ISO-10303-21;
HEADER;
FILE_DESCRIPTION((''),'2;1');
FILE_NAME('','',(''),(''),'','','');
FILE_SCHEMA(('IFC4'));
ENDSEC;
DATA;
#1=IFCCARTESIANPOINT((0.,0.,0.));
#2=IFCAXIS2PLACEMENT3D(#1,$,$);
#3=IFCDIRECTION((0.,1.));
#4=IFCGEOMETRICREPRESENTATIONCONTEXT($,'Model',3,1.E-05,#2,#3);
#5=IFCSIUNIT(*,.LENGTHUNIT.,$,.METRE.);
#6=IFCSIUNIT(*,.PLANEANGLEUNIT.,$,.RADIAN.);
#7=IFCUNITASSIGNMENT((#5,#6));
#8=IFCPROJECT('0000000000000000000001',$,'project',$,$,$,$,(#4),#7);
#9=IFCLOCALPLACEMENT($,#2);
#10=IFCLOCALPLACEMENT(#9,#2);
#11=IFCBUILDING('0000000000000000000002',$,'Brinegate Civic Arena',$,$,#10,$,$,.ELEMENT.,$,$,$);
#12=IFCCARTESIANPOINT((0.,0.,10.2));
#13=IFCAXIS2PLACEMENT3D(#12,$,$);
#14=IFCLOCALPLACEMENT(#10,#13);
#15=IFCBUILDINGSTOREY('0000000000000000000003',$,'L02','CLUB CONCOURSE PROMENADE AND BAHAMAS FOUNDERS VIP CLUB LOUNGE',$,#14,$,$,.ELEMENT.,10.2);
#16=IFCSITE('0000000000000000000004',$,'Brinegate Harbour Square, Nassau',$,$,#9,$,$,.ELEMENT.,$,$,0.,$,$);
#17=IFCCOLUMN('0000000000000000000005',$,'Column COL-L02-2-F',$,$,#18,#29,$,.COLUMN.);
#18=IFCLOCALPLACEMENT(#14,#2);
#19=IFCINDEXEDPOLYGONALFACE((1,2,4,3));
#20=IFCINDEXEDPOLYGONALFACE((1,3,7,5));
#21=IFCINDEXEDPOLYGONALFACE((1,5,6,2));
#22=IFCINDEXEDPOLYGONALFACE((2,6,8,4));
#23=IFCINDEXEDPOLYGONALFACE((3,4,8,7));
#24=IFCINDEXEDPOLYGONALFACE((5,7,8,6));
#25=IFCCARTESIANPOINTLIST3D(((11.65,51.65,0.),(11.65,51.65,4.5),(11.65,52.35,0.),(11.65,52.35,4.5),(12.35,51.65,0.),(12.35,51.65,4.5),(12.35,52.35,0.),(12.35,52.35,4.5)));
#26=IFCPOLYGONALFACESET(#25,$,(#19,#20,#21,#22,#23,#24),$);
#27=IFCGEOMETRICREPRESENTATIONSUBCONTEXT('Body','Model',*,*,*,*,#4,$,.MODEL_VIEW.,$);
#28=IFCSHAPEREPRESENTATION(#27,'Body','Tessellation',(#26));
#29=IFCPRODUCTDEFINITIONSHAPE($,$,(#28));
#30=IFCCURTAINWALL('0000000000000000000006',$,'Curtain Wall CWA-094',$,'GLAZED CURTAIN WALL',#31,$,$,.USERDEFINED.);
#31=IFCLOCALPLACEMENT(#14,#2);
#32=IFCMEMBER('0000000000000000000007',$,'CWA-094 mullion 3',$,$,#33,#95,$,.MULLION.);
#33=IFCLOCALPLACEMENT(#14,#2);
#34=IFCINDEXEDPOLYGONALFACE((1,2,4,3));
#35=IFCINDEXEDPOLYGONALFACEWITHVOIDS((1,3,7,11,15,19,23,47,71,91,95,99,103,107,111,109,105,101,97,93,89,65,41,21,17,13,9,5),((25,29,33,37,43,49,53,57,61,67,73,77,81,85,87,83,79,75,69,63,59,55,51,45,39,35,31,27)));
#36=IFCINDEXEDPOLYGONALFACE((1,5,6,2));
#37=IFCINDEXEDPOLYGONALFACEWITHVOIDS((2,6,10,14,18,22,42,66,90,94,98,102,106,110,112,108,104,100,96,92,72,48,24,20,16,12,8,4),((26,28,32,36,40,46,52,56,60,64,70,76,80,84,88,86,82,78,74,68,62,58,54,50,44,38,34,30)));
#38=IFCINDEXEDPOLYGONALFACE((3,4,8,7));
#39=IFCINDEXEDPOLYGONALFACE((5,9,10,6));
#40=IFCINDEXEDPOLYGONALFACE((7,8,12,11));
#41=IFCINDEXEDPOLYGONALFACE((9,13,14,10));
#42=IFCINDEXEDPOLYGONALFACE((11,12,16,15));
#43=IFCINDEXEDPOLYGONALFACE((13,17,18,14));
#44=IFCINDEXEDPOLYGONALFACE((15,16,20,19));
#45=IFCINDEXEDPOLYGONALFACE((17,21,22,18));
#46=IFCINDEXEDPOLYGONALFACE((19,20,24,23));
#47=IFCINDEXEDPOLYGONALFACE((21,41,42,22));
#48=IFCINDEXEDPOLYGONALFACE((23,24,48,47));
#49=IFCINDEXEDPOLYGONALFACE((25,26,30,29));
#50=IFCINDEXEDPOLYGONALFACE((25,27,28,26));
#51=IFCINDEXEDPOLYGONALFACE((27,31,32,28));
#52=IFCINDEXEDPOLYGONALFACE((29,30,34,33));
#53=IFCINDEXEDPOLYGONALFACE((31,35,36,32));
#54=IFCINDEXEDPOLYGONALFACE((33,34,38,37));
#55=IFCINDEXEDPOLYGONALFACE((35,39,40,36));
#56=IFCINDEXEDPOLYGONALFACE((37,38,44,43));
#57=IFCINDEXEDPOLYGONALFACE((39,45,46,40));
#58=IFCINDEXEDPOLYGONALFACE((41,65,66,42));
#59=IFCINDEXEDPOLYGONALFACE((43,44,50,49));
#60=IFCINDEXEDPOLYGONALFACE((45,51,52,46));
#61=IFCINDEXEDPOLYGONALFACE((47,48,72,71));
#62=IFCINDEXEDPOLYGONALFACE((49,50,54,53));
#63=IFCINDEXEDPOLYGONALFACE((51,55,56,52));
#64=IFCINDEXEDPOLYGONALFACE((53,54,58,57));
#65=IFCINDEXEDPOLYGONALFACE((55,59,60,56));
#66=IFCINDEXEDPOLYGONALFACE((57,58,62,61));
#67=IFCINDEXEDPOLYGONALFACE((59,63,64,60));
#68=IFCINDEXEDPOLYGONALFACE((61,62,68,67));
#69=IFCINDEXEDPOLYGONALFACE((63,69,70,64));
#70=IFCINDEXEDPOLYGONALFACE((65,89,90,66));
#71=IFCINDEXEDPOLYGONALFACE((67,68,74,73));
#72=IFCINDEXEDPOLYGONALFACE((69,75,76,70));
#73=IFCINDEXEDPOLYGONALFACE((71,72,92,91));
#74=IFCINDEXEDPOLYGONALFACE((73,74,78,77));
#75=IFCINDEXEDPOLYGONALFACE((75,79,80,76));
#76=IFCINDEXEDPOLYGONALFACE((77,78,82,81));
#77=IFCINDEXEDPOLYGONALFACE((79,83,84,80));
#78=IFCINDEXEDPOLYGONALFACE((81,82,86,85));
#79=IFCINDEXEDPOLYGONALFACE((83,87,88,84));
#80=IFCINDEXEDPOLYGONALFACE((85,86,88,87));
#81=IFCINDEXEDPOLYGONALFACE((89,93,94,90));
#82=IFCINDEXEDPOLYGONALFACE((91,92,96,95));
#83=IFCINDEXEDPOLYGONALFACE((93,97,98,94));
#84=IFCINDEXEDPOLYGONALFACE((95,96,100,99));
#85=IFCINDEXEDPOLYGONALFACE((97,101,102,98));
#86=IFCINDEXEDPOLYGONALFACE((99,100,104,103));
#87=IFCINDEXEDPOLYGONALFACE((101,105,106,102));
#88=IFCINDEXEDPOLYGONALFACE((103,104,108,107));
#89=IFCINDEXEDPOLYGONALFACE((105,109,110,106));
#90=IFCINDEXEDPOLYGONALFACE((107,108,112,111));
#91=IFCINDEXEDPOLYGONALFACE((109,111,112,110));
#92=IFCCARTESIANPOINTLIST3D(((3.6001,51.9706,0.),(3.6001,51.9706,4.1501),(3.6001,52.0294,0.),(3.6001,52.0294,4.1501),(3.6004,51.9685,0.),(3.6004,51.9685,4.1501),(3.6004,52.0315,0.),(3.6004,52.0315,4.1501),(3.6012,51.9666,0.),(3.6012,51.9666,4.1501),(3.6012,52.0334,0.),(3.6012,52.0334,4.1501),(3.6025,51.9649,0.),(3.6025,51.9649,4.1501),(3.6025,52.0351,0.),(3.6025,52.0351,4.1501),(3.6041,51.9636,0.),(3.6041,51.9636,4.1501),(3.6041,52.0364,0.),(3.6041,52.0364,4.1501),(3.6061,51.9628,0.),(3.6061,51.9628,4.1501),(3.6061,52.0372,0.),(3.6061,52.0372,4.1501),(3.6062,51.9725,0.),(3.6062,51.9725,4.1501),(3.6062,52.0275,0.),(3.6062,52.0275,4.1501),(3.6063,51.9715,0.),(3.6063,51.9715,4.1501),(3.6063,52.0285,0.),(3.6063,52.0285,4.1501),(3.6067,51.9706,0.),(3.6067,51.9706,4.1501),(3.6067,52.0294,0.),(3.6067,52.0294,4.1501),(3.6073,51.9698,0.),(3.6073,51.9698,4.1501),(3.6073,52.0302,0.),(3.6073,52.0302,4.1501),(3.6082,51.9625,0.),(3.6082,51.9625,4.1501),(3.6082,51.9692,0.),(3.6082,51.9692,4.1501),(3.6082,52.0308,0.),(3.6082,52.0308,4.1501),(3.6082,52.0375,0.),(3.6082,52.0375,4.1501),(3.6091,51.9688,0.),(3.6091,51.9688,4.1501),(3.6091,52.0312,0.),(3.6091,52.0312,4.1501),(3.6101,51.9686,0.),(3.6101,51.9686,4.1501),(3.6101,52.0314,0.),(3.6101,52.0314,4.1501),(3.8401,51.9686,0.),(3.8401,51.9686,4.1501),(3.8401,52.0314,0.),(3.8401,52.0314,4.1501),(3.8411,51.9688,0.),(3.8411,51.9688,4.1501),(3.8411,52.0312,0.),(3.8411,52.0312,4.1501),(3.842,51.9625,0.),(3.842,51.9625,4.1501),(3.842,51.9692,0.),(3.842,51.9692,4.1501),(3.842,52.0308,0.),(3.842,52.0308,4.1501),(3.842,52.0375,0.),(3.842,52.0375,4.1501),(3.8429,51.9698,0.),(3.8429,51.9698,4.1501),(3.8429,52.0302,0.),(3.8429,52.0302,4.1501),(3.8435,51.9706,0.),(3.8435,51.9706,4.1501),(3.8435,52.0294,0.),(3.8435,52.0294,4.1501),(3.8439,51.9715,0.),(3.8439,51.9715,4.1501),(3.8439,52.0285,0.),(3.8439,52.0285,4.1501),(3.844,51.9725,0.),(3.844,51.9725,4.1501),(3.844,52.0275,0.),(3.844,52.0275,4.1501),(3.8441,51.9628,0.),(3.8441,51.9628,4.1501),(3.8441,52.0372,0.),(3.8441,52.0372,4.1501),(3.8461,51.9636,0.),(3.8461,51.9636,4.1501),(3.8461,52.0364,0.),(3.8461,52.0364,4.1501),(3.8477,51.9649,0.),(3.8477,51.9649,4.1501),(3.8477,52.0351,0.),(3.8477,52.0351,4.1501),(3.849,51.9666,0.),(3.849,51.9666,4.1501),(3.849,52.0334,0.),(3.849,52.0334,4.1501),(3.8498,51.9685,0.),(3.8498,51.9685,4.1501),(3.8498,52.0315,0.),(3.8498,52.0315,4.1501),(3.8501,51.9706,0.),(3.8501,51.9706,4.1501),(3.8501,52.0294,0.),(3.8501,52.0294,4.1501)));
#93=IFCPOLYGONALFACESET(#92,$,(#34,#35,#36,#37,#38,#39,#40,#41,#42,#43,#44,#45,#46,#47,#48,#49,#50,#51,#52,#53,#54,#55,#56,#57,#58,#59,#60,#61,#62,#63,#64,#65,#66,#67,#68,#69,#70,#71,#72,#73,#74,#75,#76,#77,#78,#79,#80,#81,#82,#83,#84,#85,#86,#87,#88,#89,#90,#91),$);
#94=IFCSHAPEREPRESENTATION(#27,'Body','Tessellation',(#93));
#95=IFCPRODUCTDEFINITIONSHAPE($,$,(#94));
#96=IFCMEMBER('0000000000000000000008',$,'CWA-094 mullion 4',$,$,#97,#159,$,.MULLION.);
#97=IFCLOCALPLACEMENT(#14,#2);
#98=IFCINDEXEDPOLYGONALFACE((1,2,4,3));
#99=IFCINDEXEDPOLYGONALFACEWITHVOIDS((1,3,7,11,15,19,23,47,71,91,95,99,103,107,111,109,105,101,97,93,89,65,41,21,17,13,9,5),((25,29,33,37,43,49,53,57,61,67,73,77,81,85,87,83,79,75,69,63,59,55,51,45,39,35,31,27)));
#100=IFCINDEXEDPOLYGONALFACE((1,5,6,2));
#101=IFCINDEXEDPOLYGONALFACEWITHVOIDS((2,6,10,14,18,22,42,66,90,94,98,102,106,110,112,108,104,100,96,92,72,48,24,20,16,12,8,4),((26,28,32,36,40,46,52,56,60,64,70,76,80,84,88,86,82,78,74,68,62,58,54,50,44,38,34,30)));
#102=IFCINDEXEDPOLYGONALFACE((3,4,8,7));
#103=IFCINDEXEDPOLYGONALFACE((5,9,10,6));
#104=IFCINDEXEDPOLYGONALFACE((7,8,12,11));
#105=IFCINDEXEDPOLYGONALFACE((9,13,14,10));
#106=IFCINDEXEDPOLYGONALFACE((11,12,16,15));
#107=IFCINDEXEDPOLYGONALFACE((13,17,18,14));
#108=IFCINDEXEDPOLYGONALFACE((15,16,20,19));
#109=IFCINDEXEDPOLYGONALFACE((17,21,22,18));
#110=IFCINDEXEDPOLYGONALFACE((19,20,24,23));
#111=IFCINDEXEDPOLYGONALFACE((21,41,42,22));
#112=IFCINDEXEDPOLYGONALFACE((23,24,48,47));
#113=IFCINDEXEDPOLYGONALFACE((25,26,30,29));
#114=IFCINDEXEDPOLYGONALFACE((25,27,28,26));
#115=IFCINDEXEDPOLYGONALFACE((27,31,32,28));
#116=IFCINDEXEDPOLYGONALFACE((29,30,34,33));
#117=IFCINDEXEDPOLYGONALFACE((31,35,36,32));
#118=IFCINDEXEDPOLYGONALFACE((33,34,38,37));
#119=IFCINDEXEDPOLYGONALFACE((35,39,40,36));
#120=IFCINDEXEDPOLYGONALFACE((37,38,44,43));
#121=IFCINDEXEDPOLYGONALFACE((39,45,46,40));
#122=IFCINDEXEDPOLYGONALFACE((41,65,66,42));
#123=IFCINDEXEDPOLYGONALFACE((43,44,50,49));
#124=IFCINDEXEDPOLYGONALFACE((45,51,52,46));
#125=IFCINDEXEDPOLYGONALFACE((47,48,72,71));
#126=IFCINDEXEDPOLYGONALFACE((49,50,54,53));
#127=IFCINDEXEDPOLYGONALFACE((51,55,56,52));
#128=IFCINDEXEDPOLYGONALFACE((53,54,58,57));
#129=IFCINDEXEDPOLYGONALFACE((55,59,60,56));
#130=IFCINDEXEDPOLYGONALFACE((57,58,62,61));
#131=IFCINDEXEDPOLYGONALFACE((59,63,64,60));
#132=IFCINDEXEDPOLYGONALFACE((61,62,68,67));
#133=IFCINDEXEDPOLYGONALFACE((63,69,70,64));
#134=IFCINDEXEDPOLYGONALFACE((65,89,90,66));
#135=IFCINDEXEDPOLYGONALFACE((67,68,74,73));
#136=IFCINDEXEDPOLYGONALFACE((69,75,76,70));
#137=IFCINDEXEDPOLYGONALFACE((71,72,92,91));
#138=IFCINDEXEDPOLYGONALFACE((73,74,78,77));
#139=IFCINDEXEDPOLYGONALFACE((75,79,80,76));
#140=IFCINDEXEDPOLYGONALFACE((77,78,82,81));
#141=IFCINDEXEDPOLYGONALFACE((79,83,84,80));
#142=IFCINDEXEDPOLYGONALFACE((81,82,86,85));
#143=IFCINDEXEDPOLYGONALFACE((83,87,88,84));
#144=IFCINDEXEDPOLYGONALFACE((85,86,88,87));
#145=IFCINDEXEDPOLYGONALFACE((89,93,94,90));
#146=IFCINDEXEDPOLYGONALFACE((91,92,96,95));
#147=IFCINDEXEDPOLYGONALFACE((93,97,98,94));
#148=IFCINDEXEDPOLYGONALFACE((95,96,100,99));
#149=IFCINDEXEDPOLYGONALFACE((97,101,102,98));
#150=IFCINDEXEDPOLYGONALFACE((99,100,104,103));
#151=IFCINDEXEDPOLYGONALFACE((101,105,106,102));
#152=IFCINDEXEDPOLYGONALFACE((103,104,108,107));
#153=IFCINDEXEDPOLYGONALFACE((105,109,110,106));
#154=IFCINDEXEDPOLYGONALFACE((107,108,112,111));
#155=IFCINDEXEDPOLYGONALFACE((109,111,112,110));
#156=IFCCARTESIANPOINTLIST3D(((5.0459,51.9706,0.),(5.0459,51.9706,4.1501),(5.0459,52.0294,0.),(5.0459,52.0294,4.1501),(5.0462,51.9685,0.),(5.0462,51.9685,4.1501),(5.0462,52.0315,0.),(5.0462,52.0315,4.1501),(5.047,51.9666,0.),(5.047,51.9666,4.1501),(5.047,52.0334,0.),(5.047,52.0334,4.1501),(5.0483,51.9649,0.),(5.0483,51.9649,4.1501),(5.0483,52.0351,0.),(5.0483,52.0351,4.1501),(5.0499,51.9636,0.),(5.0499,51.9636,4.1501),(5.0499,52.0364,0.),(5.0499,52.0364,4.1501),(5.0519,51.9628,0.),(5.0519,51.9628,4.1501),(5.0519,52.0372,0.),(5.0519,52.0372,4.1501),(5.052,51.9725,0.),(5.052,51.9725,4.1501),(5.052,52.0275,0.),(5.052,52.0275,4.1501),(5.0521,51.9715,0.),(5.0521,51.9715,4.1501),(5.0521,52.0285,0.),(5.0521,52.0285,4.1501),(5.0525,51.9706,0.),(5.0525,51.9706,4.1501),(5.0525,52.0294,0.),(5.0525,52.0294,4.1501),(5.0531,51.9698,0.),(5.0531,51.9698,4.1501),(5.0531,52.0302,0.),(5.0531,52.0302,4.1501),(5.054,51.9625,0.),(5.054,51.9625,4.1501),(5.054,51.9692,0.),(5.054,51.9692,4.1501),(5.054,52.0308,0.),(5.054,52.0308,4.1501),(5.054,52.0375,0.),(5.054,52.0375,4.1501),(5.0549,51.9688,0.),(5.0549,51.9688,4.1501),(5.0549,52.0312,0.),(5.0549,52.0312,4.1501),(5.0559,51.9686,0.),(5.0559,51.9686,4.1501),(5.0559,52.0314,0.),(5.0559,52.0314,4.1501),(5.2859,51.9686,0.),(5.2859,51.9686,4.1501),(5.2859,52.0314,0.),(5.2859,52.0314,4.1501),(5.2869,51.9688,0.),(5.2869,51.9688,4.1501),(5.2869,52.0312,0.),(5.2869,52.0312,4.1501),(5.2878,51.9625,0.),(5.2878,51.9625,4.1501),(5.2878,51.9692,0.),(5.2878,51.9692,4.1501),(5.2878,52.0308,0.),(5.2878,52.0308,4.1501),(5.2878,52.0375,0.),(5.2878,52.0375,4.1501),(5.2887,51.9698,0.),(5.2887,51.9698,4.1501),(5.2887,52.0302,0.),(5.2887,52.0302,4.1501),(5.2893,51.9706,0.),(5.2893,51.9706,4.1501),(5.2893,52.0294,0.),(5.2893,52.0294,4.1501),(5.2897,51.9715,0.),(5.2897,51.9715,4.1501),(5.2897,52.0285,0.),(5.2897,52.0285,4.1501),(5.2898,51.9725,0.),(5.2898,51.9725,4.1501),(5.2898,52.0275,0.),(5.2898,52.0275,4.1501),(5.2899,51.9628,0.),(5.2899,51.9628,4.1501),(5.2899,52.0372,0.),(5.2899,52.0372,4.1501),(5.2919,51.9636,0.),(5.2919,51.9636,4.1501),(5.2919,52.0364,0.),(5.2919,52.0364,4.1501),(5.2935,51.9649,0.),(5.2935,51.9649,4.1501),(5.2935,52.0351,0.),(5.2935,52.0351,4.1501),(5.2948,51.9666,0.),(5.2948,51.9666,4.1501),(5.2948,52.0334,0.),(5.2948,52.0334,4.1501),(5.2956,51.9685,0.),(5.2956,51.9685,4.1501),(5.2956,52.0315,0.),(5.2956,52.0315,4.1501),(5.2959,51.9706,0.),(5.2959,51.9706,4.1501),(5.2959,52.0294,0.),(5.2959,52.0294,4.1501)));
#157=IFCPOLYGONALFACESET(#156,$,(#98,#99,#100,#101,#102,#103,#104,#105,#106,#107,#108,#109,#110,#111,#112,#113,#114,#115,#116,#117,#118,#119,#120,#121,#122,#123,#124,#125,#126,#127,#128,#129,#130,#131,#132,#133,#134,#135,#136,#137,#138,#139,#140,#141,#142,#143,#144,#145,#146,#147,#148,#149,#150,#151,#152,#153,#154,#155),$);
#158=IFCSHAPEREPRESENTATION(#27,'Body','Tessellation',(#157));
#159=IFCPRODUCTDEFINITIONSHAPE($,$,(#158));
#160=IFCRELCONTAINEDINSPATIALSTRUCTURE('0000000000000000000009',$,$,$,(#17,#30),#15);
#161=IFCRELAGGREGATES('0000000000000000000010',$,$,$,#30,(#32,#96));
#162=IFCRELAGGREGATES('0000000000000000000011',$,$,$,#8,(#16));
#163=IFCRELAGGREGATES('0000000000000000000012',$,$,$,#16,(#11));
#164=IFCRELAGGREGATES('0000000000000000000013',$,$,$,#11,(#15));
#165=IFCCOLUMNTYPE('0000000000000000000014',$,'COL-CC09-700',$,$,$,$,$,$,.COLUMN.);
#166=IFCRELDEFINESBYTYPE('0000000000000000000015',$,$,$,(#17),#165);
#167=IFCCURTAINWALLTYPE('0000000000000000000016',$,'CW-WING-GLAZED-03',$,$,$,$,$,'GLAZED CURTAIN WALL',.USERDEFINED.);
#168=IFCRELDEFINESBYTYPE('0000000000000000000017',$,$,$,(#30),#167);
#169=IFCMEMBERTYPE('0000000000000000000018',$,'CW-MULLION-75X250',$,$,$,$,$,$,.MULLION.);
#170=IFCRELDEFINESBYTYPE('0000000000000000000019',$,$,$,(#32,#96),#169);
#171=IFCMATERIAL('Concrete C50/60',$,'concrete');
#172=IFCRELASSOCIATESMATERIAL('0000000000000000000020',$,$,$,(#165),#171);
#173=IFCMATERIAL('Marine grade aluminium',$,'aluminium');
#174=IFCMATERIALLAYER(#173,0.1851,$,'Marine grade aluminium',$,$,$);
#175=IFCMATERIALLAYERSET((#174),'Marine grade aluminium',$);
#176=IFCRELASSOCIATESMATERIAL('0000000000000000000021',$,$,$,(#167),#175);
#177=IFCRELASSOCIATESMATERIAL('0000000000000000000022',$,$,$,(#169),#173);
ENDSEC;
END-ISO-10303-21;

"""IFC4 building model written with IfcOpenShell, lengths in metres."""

from ifc_helpers import new_model, si_unit, direction, frame, origin, origin_2d, place, context, subcontext, project, spatial, rectangle, hollow_rectangle, extrude, material, layer, layer_set, material_profile, profile_set, type_object, element, aggregate, save


model = new_model("IFC4")

# Units and contexts
model_context = context("Model", 3, precision=1e-05, world=origin(), true_north=direction((0.0, 1.0)))
body_context = subcontext(model_context, "Body", "Model", "MODEL_VIEW")
ifc_project = project(units=[si_unit("LENGTHUNIT", "METRE"), si_unit("PLANEANGLEUNIT", "RADIAN")], contexts=[model_context])

# Site, building, storey
site_placement = place(None, origin())
site = spatial("IfcSite", under=ifc_project, at=site_placement, Name="Brinegate Harbour Square, Nassau", CompositionType="ELEMENT", RefElevation=0.0)
building_placement = place(site_placement, origin())
building = spatial("IfcBuilding", under=site, at=building_placement, Name="Brinegate Civic Arena", CompositionType="ELEMENT")
storey_placement = place(building_placement, frame((0.0, 0.0, 10.2)))
storey = spatial("IfcBuildingStorey", under=building, at=storey_placement, Name="L02", Description="CLUB CONCOURSE PROMENADE AND BAHAMAS FOUNDERS VIP CLUB LOUNGE", CompositionType="ELEMENT", Elevation=10.2)

# Column
ifc_material_1 = material(Name="Concrete C50/60", Category="concrete")
ifc_material_profile_1 = material_profile(ifc_material_1, rectangle(XDim=0.7, YDim=0.7, at=origin_2d()), Name="RC700X700")
ifc_profile_set_1 = profile_set([ifc_material_profile_1], Name="Concrete C50/60")
column_type = type_object("IfcColumnType", Name="COL-CC09-700", PredefinedType="COLUMN", material=ifc_profile_set_1)
column_placement = place(storey_placement, frame((12.0, 52.0, 0.0), z_axis=(0.0, 0.0, 1.0), x_axis=(1.0, 0.0, 0.0)))
element("IfcColumn", 1, at=column_placement, inside=storey, type_object=column_type, Name="Column COL-L02-2-F", PredefinedType="COLUMN", context=body_context, shape_type="SweptSolid", body=[
    extrude(rectangle(XDim=0.7, YDim=0.7, at=origin_2d()), origin(), (0.0, 0.0, 1.0), 4.5),
])

# Curtain wall, members
ifc_material_2 = material(Name="Marine grade aluminium", Category="aluminium")
ifc_layer_1 = layer(ifc_material_2, 0.1851, Name="Marine grade aluminium")
ifc_layer_set_1 = layer_set([ifc_layer_1], Name="Marine grade aluminium")
curtain_wall_type = type_object("IfcCurtainWallType", Name="CW-WING-GLAZED-03", ElementType="GLAZED CURTAIN WALL", PredefinedType="USERDEFINED", material=ifc_layer_set_1)
curtain_wall_placement = place(storey_placement, origin())
curtain_wall = element("IfcCurtainWall", 2, at=curtain_wall_placement, inside=storey, type_object=curtain_wall_type, Name="Curtain Wall CWA-094", ObjectType="GLAZED CURTAIN WALL", PredefinedType="USERDEFINED")
ifc_material_profile_2 = material_profile(ifc_material_2, hollow_rectangle(XDim=0.075, YDim=0.25, WallThickness=0.0061, InnerFilletRadius=0.0039, OuterFilletRadius=0.0081, at=origin_2d()), Name="MUL75X250")
ifc_profile_set_2 = profile_set([ifc_material_profile_2], Name="Marine grade aluminium")
member_type_1 = type_object("IfcMemberType", Name="CW-MULLION-75X250", PredefinedType="MULLION", material=ifc_profile_set_2)
member_1_placement = place(storey_placement, frame((3.7251, 52.0, 0.0), z_axis=(0.0, 0.0, 1.0), x_axis=(0.0, 1.0, 0.0)))
member_1 = element("IfcMember", 3, at=member_1_placement, type_object=member_type_1, Name="CWA-094 mullion 3", PredefinedType="MULLION", context=body_context, shape_type="SweptSolid", body=[
    extrude(hollow_rectangle(XDim=0.075, YDim=0.25, WallThickness=0.0061, InnerFilletRadius=0.0039, OuterFilletRadius=0.0081, at=origin_2d()), origin(), (0.0, 0.0, 1.0), 4.1501),
])
member_2_placement = place(storey_placement, frame((5.1709, 52.0, 0.0), z_axis=(0.0, 0.0, 1.0), x_axis=(0.0, 1.0, 0.0)))
member_2 = element("IfcMember", 4, at=member_2_placement, type_object=member_type_1, Name="CWA-094 mullion 4", PredefinedType="MULLION", context=body_context, shape_type="SweptSolid", body=[
    extrude(hollow_rectangle(XDim=0.075, YDim=0.25, WallThickness=0.0061, InnerFilletRadius=0.0039, OuterFilletRadius=0.0081, at=origin_2d()), origin(), (0.0, 0.0, 1.0), 4.1501),
])

aggregate(curtain_wall, [member_1, member_2])

save(model, "model.ifc")
